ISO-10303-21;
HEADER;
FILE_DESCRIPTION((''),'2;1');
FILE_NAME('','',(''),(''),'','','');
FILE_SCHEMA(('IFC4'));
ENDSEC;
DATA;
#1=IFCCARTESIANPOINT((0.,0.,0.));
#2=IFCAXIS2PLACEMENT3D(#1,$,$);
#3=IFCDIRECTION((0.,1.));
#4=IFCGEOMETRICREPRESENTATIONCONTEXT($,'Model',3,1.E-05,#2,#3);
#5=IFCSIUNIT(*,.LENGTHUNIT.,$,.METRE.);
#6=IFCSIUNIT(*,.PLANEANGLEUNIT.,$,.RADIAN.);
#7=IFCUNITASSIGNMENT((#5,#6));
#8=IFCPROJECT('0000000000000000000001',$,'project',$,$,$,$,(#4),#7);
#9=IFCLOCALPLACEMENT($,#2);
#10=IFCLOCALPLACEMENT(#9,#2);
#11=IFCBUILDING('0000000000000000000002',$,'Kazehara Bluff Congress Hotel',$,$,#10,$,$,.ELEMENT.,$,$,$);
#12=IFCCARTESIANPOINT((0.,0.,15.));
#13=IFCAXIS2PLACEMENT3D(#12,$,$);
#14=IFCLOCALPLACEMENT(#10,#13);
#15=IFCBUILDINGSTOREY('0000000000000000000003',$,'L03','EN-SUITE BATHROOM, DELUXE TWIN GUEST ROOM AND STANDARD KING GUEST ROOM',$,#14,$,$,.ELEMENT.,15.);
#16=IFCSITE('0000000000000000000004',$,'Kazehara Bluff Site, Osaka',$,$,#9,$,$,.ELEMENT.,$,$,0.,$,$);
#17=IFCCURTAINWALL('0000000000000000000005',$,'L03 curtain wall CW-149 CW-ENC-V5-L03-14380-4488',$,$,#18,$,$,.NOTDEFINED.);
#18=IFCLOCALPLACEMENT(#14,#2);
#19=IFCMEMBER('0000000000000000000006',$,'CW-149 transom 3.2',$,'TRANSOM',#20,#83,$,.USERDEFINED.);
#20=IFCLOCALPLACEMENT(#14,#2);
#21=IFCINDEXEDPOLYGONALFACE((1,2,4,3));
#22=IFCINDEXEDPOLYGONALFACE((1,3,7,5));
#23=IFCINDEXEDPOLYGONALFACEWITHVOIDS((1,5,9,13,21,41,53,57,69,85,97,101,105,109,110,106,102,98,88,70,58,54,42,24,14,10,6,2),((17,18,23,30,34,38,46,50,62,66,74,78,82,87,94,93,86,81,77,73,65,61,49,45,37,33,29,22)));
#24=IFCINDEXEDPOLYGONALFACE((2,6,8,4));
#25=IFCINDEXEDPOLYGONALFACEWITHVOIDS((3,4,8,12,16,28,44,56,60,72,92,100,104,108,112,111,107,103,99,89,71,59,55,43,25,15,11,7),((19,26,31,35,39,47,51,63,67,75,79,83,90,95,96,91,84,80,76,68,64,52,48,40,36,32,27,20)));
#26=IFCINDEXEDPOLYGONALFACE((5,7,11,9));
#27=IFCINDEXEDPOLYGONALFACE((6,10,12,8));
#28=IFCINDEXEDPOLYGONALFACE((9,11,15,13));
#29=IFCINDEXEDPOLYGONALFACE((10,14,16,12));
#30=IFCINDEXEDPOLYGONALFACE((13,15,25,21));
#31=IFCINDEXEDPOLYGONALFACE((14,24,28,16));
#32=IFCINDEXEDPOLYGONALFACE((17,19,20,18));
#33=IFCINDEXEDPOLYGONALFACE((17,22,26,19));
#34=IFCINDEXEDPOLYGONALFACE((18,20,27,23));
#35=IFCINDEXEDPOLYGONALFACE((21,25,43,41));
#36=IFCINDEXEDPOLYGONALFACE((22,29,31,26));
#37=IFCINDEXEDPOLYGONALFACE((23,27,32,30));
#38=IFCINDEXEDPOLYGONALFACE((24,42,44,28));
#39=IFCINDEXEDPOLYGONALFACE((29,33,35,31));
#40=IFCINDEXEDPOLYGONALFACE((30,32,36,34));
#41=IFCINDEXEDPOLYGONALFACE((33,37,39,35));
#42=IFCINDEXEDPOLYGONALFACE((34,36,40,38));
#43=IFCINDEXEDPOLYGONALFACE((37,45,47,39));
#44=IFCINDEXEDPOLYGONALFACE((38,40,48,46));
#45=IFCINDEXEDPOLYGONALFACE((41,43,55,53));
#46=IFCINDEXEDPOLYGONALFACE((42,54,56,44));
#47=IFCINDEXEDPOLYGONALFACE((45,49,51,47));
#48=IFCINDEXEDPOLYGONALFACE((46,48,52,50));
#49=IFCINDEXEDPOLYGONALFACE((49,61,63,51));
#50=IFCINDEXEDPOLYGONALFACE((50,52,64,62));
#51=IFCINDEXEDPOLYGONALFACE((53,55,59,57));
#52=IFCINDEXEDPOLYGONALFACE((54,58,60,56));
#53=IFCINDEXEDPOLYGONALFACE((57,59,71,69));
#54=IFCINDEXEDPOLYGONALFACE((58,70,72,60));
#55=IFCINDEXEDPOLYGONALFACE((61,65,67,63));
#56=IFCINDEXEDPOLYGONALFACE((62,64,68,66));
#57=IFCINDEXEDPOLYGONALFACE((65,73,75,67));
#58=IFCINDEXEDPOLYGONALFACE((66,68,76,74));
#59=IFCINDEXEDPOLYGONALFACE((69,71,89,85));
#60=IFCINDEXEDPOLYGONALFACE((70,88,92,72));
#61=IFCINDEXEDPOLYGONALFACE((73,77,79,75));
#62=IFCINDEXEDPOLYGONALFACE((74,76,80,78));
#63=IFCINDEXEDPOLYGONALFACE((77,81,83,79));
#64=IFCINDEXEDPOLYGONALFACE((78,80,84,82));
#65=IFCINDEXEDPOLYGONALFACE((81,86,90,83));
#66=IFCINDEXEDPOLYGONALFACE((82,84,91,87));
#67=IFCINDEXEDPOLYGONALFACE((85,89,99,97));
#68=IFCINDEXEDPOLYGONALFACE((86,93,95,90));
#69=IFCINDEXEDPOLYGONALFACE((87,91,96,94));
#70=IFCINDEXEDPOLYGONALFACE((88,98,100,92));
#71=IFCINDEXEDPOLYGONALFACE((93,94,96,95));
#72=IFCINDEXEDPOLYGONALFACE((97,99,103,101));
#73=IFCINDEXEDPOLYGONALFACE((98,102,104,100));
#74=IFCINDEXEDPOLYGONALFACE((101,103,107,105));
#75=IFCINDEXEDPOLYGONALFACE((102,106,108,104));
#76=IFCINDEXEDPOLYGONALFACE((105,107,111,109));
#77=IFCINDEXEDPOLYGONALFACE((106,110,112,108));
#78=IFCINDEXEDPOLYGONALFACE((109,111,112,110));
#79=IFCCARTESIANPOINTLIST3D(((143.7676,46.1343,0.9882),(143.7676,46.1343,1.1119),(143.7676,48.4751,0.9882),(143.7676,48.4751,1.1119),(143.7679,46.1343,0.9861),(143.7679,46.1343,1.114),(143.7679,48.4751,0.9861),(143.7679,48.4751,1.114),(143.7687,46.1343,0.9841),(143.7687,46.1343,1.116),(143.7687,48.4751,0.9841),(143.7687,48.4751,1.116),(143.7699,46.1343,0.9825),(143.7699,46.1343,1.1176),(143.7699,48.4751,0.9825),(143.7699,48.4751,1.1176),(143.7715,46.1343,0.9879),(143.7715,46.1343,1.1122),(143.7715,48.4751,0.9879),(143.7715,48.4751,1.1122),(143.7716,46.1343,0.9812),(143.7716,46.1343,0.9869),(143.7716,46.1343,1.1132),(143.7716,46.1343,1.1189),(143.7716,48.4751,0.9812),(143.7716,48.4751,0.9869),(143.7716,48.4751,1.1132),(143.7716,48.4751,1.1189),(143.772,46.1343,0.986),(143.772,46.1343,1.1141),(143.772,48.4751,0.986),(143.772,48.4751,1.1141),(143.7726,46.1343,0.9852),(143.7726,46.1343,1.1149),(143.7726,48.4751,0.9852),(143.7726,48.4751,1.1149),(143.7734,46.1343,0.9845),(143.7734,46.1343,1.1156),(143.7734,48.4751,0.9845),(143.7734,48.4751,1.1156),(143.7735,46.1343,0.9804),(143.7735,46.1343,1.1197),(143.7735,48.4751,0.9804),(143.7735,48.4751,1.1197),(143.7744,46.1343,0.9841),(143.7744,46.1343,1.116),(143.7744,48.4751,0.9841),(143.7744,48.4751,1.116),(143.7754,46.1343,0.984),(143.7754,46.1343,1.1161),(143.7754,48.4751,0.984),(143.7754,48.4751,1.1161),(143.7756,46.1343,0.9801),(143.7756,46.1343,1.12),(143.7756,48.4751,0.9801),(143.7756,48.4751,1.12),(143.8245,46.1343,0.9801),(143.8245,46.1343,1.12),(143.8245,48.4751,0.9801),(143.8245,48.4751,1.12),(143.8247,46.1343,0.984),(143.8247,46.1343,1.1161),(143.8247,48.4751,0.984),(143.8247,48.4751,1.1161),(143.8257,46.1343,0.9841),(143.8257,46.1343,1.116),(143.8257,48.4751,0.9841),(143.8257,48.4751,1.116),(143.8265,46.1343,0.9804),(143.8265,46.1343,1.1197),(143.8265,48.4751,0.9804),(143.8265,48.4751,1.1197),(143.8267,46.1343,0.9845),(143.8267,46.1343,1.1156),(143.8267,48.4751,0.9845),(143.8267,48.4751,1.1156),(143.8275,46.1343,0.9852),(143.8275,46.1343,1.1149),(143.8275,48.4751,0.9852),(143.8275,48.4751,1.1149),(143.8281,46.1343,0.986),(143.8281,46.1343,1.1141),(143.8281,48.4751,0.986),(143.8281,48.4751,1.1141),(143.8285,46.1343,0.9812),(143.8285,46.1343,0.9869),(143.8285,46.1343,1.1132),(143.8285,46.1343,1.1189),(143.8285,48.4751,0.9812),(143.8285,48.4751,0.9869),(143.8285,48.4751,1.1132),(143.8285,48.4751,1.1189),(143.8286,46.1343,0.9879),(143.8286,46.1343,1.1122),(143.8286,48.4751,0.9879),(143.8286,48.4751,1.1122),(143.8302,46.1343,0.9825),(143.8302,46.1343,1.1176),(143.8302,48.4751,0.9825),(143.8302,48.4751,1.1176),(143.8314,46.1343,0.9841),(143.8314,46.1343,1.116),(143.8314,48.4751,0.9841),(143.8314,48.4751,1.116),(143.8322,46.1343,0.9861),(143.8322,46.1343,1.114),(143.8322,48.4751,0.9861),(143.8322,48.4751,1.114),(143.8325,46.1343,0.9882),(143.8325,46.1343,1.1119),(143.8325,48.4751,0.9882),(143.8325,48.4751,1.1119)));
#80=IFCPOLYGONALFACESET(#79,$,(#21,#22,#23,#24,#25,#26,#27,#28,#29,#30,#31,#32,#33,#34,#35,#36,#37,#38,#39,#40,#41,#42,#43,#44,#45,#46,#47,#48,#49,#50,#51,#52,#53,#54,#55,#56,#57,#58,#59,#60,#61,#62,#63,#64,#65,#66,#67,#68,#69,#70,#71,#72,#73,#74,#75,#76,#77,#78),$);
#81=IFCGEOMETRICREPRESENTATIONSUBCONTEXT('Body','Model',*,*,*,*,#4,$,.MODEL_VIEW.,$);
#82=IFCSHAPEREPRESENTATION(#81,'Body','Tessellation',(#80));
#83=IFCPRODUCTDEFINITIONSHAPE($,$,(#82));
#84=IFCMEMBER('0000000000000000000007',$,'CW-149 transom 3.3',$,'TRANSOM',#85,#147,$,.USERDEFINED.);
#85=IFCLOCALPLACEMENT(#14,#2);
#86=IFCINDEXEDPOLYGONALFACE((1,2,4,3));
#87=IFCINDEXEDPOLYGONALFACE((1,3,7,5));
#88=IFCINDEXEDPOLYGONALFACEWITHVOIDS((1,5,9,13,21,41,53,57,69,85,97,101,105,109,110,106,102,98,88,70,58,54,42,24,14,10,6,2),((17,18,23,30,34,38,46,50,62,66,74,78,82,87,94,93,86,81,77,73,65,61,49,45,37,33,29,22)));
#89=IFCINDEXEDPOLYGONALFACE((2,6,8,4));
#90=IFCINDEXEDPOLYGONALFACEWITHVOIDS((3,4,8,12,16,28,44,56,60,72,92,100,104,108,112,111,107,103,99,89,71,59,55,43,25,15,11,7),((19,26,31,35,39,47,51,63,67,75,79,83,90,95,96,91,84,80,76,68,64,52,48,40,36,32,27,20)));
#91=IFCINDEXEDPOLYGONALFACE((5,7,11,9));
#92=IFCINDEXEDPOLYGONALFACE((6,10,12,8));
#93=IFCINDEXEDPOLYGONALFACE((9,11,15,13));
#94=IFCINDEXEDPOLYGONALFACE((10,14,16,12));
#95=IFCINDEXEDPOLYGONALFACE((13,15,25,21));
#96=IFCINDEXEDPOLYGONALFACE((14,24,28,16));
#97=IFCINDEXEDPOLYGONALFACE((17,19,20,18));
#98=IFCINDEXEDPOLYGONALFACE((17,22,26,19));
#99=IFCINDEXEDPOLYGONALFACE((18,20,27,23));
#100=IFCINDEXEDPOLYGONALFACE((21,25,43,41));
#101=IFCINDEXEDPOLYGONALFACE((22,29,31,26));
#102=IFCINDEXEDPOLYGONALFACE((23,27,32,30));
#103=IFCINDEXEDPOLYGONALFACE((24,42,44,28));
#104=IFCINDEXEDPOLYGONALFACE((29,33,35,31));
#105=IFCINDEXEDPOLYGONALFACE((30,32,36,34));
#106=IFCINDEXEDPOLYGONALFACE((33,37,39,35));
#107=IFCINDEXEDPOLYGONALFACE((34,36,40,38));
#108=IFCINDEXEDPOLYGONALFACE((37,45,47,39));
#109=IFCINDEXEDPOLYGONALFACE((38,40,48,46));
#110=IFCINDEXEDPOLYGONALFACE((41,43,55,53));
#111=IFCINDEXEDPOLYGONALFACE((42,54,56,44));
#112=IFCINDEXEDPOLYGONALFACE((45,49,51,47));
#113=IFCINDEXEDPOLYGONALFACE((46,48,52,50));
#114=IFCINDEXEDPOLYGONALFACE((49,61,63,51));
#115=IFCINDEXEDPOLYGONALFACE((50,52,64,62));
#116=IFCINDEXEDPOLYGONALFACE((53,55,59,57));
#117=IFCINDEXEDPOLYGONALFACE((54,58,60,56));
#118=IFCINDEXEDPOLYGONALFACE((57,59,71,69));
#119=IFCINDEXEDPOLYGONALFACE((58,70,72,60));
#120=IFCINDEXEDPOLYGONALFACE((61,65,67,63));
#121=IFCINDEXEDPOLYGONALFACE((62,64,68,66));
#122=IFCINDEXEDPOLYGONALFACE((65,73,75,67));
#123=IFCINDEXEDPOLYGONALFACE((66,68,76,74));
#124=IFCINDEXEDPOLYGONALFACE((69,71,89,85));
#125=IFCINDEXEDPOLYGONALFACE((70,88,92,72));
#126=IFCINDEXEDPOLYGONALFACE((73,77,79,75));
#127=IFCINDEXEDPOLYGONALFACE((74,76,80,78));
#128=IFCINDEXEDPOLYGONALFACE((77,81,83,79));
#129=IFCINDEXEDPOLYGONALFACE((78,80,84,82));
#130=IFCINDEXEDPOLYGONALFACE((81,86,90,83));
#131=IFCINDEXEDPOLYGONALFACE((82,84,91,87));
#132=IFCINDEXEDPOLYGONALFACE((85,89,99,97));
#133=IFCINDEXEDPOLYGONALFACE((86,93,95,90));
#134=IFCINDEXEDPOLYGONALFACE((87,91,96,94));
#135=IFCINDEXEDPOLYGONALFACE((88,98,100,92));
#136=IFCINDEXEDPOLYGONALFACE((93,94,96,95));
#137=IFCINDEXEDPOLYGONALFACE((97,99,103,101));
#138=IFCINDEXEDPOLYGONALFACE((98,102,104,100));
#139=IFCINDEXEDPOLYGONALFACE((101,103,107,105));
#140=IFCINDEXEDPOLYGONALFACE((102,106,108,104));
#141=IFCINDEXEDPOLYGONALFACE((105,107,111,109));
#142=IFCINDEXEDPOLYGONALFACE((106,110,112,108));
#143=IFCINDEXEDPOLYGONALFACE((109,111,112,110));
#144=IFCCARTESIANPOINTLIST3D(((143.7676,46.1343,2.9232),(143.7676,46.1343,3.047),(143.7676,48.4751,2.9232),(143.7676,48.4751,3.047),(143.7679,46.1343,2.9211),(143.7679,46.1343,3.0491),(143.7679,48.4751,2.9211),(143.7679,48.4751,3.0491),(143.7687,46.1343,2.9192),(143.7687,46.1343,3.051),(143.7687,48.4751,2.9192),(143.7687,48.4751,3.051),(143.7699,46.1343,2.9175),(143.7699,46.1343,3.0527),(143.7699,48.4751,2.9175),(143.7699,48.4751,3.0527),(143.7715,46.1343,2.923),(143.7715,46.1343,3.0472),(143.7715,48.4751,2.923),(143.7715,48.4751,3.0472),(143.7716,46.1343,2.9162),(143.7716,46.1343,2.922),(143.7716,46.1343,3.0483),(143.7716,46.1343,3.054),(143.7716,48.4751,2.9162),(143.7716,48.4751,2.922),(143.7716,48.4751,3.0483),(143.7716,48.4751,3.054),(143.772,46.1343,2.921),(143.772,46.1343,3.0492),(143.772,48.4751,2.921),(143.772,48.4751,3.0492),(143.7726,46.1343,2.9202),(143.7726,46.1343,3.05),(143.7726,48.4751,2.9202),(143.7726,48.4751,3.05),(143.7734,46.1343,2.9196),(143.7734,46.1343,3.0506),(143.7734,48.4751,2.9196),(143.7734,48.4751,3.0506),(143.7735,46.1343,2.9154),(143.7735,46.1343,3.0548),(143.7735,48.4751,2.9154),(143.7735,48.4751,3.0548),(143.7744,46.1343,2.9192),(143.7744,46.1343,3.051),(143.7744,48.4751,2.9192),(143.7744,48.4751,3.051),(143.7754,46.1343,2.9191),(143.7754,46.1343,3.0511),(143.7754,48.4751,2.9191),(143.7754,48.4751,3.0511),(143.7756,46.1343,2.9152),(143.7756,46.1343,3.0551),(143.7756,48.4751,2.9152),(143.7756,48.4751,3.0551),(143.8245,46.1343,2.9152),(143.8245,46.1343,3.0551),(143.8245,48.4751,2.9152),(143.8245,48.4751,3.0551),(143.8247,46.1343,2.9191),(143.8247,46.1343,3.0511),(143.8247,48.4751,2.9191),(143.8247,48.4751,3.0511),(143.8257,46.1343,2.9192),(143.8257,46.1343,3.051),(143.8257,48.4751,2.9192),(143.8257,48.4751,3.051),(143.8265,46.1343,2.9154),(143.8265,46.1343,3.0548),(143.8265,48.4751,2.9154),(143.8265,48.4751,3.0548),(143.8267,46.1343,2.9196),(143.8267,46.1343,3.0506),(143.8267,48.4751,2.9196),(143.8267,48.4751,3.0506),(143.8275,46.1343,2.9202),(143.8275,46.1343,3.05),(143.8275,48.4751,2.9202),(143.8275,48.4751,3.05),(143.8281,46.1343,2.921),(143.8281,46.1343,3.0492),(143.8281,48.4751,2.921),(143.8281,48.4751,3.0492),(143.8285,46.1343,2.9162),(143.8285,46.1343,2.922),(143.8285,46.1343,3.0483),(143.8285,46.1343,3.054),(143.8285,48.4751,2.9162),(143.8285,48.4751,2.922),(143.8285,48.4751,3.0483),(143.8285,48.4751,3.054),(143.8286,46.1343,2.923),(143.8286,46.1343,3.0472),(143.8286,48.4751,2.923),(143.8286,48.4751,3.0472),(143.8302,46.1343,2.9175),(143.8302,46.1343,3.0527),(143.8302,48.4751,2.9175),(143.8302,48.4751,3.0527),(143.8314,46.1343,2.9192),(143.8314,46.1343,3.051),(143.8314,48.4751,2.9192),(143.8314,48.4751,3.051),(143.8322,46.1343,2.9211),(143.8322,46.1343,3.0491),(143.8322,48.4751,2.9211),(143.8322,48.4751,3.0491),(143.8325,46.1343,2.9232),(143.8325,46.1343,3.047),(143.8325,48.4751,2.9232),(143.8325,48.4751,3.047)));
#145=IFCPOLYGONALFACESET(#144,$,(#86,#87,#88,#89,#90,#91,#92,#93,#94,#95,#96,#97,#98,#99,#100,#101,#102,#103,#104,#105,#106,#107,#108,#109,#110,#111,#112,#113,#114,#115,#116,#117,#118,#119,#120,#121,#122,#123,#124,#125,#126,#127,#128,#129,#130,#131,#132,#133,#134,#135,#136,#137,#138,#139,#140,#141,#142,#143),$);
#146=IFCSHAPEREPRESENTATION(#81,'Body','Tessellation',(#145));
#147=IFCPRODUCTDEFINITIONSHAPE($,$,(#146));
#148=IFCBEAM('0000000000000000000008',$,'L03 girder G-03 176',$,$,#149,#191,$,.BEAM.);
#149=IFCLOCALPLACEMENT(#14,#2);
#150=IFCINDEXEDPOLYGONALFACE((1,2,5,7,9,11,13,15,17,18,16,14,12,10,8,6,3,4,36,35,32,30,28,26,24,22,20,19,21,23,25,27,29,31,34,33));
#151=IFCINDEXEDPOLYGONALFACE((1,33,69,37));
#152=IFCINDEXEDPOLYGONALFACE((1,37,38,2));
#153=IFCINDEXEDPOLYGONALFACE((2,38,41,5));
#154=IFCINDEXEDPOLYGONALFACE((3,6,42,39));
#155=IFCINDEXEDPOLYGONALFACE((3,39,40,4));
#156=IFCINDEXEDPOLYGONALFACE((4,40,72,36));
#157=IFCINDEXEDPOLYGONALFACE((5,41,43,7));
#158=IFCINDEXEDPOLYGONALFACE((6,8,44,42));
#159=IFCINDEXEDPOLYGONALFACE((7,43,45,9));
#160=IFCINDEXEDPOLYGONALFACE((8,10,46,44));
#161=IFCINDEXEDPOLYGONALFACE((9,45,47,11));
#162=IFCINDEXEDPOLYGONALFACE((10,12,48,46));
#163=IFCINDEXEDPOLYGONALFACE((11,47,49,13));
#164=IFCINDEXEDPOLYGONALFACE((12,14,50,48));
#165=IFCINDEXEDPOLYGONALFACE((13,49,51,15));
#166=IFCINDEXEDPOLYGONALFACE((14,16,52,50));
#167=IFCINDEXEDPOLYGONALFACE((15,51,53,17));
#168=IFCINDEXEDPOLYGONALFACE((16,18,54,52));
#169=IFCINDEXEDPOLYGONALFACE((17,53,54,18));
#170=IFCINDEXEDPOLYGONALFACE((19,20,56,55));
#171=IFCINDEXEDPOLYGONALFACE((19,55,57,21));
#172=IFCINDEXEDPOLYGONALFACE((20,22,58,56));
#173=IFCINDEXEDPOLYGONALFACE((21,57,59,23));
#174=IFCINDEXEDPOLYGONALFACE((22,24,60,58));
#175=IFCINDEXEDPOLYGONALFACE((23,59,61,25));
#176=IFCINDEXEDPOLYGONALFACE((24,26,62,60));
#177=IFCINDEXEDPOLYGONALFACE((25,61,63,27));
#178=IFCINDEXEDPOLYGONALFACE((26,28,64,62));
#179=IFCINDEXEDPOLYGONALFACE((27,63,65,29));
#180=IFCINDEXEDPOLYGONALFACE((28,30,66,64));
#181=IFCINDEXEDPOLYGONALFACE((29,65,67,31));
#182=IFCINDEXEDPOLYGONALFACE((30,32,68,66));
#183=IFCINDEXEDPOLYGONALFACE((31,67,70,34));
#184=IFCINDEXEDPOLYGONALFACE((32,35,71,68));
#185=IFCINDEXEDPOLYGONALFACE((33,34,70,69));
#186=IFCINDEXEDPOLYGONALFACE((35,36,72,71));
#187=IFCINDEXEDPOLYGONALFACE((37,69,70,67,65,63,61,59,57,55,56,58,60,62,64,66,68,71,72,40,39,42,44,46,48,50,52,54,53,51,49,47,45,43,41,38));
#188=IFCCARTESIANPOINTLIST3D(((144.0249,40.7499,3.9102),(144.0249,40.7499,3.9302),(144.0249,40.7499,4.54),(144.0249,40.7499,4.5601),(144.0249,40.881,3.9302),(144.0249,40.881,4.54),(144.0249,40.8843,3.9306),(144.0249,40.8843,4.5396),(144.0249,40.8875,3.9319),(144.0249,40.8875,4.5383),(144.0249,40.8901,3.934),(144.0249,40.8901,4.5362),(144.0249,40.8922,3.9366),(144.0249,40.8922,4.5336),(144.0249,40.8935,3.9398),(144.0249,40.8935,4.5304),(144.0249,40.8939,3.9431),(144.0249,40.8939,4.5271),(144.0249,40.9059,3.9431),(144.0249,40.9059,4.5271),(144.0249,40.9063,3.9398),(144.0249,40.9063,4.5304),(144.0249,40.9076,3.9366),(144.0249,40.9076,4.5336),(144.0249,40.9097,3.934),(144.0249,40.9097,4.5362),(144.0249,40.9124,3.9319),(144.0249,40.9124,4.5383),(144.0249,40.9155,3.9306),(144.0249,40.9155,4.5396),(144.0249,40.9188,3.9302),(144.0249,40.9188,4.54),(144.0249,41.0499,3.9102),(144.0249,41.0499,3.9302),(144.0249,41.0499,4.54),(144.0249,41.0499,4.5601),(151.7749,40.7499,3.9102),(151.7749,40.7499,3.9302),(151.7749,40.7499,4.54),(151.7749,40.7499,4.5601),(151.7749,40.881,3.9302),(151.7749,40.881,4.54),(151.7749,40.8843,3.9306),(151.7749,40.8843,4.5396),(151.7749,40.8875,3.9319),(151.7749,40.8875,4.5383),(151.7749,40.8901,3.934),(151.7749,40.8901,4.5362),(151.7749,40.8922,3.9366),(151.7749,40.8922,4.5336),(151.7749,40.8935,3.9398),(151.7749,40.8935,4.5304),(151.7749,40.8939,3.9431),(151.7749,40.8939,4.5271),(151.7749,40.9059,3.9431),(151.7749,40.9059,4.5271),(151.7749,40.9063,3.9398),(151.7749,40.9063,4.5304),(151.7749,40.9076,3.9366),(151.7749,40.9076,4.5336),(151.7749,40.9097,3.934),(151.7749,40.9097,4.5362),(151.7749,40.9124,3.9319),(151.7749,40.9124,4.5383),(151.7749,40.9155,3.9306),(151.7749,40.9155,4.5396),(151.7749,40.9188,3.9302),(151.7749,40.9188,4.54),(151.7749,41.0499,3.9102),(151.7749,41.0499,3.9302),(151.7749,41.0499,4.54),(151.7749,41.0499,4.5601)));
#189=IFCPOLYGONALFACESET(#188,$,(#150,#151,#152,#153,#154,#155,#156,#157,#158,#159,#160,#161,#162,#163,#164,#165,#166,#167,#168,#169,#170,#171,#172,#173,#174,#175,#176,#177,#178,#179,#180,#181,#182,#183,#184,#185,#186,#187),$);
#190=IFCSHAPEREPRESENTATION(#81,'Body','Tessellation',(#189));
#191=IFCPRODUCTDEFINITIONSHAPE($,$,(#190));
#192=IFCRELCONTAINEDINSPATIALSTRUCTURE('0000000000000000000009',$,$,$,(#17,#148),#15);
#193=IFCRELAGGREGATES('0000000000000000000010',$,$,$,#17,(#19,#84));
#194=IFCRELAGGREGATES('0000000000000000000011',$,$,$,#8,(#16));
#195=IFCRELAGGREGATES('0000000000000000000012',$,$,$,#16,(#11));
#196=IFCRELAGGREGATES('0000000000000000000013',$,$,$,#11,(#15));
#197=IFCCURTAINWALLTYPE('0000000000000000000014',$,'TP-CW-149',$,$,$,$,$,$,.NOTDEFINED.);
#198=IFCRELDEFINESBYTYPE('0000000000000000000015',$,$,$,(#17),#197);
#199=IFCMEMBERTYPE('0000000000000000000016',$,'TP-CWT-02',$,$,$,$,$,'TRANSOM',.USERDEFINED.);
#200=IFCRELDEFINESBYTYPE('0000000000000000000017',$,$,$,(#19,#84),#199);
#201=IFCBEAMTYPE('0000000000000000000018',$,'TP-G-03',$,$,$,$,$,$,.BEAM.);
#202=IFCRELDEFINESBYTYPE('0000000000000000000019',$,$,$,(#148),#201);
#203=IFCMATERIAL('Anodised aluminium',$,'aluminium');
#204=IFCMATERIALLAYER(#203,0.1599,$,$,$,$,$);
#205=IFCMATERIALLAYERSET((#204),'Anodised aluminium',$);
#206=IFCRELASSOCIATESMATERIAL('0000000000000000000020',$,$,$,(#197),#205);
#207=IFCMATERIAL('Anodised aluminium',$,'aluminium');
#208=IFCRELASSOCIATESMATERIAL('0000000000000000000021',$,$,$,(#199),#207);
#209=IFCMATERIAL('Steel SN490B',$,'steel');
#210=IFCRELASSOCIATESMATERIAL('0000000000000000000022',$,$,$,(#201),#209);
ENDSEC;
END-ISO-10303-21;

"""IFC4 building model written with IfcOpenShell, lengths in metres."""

from ifc_helpers import new_model, si_unit, direction, frame, origin, origin_2d, place, context, subcontext, project, spatial, hollow_rectangle, i_section, extrude, material, layer, layer_set, material_profile, profile_set, type_object, element, aggregate, save


model = new_model("IFC4")

# Units and contexts
model_context = context("Model", 3, precision=1e-05, world=origin(), true_north=direction((0.0, 1.0)))
body_context = subcontext(model_context, "Body", "Model", "MODEL_VIEW")
ifc_project = project(units=[si_unit("LENGTHUNIT", "METRE"), si_unit("PLANEANGLEUNIT", "RADIAN")], contexts=[model_context])

# Site, building, storey
site_placement = place(None, origin())
site = spatial("IfcSite", under=ifc_project, at=site_placement, Name="Kazehara Bluff Site, Osaka", CompositionType="ELEMENT", RefElevation=0.0)
building_placement = place(site_placement, origin())
building = spatial("IfcBuilding", under=site, at=building_placement, Name="Kazehara Bluff Congress Hotel", CompositionType="ELEMENT")
storey_placement = place(building_placement, frame((0.0, 0.0, 15.0)))
storey = spatial("IfcBuildingStorey", under=building, at=storey_placement, Name="L03", Description="EN-SUITE BATHROOM, DELUXE TWIN GUEST ROOM AND STANDARD KING GUEST ROOM", CompositionType="ELEMENT", Elevation=15.0)

# Curtain wall
ifc_material_1 = material(Name="Anodised aluminium", Category="aluminium")
ifc_layer_1 = layer(ifc_material_1, 0.1599)
ifc_layer_set_1 = layer_set([ifc_layer_1], Name="Anodised aluminium")
curtain_wall_type_1 = type_object("IfcCurtainWallType", Name="TP-CW-149", PredefinedType="NOTDEFINED", material=ifc_layer_set_1)
curtain_wall_1_placement = place(storey_placement, origin())
curtain_wall_1 = element("IfcCurtainWall", 1, at=curtain_wall_1_placement, inside=storey, type_object=curtain_wall_type_1, Name="L03 curtain wall CW-149 CW-ENC-V5-L03-14380-4488", PredefinedType="NOTDEFINED")

# Members
ifc_material_2 = material(Name="Anodised aluminium", Category="aluminium")
ifc_material_profile_1 = material_profile(ifc_material_2, hollow_rectangle(XDim=0.0649, YDim=0.1399, WallThickness=0.0039, InnerFilletRadius=0.0039, OuterFilletRadius=0.0081, at=origin_2d()))
ifc_profile_set_1 = profile_set([ifc_material_profile_1], Name="Anodised aluminium")
member_type_1 = type_object("IfcMemberType", Name="TP-CWT-02", ElementType="TRANSOM", PredefinedType="USERDEFINED", material=ifc_profile_set_1)
member_1_placement = place(storey_placement, frame((143.8, 46.1343, 1.05), z_axis=(0.0, 1.0, 0.0), x_axis=(-1.0, 0.0, 0.0)))
member_1 = element("IfcMember", 2, at=member_1_placement, type_object=member_type_1, Name="CW-149 transom 3.2", ObjectType="TRANSOM", PredefinedType="USERDEFINED", context=body_context, shape_type="SweptSolid", body=[
    extrude(hollow_rectangle(XDim=0.0649, YDim=0.1399, WallThickness=0.0039, InnerFilletRadius=0.0039, OuterFilletRadius=0.0081, at=origin_2d()), origin(), (0.0, 0.0, 1.0), 2.3408),
])
member_2_placement = place(storey_placement, frame((143.8, 46.1343, 2.9851), z_axis=(0.0, 1.0, 0.0), x_axis=(-1.0, 0.0, 0.0)))
member_2 = element("IfcMember", 3, at=member_2_placement, type_object=member_type_1, Name="CW-149 transom 3.3", ObjectType="TRANSOM", PredefinedType="USERDEFINED", context=body_context, shape_type="SweptSolid", body=[
    extrude(hollow_rectangle(XDim=0.0649, YDim=0.1399, WallThickness=0.0039, InnerFilletRadius=0.0039, OuterFilletRadius=0.0081, at=origin_2d()), origin(), (0.0, 0.0, 1.0), 2.3408),
])

# Beam
ifc_material_3 = material(Name="Steel SN490B", Category="steel")
ifc_material_profile_2 = material_profile(ifc_material_3, i_section(OverallWidth=0.3, OverallDepth=0.6499, WebThickness=0.012, FlangeThickness=0.02, FilletRadius=0.0129, at=origin_2d()))
ifc_profile_set_2 = profile_set([ifc_material_profile_2], Name="Steel SN490B")
beam_type_1 = type_object("IfcBeamType", Name="TP-G-03", PredefinedType="BEAM", material=ifc_profile_set_2)
beam_1_placement = place(storey_placement, frame((144.0249, 40.8999, 4.2351), z_axis=(1.0, 0.0, 0.0), x_axis=(0.0, 1.0, 0.0)))
element("IfcBeam", 4, at=beam_1_placement, inside=storey, type_object=beam_type_1, Name="L03 girder G-03 176", PredefinedType="BEAM", context=body_context, shape_type="SweptSolid", body=[
    extrude(i_section(OverallWidth=0.3, OverallDepth=0.6499, WebThickness=0.012, FlangeThickness=0.02, FilletRadius=0.0129, at=origin_2d()), origin(), (0.0, 0.0, 1.0), 7.75),
])

aggregate(curtain_wall_1, [member_1, member_2])

save(model, "model.ifc")
